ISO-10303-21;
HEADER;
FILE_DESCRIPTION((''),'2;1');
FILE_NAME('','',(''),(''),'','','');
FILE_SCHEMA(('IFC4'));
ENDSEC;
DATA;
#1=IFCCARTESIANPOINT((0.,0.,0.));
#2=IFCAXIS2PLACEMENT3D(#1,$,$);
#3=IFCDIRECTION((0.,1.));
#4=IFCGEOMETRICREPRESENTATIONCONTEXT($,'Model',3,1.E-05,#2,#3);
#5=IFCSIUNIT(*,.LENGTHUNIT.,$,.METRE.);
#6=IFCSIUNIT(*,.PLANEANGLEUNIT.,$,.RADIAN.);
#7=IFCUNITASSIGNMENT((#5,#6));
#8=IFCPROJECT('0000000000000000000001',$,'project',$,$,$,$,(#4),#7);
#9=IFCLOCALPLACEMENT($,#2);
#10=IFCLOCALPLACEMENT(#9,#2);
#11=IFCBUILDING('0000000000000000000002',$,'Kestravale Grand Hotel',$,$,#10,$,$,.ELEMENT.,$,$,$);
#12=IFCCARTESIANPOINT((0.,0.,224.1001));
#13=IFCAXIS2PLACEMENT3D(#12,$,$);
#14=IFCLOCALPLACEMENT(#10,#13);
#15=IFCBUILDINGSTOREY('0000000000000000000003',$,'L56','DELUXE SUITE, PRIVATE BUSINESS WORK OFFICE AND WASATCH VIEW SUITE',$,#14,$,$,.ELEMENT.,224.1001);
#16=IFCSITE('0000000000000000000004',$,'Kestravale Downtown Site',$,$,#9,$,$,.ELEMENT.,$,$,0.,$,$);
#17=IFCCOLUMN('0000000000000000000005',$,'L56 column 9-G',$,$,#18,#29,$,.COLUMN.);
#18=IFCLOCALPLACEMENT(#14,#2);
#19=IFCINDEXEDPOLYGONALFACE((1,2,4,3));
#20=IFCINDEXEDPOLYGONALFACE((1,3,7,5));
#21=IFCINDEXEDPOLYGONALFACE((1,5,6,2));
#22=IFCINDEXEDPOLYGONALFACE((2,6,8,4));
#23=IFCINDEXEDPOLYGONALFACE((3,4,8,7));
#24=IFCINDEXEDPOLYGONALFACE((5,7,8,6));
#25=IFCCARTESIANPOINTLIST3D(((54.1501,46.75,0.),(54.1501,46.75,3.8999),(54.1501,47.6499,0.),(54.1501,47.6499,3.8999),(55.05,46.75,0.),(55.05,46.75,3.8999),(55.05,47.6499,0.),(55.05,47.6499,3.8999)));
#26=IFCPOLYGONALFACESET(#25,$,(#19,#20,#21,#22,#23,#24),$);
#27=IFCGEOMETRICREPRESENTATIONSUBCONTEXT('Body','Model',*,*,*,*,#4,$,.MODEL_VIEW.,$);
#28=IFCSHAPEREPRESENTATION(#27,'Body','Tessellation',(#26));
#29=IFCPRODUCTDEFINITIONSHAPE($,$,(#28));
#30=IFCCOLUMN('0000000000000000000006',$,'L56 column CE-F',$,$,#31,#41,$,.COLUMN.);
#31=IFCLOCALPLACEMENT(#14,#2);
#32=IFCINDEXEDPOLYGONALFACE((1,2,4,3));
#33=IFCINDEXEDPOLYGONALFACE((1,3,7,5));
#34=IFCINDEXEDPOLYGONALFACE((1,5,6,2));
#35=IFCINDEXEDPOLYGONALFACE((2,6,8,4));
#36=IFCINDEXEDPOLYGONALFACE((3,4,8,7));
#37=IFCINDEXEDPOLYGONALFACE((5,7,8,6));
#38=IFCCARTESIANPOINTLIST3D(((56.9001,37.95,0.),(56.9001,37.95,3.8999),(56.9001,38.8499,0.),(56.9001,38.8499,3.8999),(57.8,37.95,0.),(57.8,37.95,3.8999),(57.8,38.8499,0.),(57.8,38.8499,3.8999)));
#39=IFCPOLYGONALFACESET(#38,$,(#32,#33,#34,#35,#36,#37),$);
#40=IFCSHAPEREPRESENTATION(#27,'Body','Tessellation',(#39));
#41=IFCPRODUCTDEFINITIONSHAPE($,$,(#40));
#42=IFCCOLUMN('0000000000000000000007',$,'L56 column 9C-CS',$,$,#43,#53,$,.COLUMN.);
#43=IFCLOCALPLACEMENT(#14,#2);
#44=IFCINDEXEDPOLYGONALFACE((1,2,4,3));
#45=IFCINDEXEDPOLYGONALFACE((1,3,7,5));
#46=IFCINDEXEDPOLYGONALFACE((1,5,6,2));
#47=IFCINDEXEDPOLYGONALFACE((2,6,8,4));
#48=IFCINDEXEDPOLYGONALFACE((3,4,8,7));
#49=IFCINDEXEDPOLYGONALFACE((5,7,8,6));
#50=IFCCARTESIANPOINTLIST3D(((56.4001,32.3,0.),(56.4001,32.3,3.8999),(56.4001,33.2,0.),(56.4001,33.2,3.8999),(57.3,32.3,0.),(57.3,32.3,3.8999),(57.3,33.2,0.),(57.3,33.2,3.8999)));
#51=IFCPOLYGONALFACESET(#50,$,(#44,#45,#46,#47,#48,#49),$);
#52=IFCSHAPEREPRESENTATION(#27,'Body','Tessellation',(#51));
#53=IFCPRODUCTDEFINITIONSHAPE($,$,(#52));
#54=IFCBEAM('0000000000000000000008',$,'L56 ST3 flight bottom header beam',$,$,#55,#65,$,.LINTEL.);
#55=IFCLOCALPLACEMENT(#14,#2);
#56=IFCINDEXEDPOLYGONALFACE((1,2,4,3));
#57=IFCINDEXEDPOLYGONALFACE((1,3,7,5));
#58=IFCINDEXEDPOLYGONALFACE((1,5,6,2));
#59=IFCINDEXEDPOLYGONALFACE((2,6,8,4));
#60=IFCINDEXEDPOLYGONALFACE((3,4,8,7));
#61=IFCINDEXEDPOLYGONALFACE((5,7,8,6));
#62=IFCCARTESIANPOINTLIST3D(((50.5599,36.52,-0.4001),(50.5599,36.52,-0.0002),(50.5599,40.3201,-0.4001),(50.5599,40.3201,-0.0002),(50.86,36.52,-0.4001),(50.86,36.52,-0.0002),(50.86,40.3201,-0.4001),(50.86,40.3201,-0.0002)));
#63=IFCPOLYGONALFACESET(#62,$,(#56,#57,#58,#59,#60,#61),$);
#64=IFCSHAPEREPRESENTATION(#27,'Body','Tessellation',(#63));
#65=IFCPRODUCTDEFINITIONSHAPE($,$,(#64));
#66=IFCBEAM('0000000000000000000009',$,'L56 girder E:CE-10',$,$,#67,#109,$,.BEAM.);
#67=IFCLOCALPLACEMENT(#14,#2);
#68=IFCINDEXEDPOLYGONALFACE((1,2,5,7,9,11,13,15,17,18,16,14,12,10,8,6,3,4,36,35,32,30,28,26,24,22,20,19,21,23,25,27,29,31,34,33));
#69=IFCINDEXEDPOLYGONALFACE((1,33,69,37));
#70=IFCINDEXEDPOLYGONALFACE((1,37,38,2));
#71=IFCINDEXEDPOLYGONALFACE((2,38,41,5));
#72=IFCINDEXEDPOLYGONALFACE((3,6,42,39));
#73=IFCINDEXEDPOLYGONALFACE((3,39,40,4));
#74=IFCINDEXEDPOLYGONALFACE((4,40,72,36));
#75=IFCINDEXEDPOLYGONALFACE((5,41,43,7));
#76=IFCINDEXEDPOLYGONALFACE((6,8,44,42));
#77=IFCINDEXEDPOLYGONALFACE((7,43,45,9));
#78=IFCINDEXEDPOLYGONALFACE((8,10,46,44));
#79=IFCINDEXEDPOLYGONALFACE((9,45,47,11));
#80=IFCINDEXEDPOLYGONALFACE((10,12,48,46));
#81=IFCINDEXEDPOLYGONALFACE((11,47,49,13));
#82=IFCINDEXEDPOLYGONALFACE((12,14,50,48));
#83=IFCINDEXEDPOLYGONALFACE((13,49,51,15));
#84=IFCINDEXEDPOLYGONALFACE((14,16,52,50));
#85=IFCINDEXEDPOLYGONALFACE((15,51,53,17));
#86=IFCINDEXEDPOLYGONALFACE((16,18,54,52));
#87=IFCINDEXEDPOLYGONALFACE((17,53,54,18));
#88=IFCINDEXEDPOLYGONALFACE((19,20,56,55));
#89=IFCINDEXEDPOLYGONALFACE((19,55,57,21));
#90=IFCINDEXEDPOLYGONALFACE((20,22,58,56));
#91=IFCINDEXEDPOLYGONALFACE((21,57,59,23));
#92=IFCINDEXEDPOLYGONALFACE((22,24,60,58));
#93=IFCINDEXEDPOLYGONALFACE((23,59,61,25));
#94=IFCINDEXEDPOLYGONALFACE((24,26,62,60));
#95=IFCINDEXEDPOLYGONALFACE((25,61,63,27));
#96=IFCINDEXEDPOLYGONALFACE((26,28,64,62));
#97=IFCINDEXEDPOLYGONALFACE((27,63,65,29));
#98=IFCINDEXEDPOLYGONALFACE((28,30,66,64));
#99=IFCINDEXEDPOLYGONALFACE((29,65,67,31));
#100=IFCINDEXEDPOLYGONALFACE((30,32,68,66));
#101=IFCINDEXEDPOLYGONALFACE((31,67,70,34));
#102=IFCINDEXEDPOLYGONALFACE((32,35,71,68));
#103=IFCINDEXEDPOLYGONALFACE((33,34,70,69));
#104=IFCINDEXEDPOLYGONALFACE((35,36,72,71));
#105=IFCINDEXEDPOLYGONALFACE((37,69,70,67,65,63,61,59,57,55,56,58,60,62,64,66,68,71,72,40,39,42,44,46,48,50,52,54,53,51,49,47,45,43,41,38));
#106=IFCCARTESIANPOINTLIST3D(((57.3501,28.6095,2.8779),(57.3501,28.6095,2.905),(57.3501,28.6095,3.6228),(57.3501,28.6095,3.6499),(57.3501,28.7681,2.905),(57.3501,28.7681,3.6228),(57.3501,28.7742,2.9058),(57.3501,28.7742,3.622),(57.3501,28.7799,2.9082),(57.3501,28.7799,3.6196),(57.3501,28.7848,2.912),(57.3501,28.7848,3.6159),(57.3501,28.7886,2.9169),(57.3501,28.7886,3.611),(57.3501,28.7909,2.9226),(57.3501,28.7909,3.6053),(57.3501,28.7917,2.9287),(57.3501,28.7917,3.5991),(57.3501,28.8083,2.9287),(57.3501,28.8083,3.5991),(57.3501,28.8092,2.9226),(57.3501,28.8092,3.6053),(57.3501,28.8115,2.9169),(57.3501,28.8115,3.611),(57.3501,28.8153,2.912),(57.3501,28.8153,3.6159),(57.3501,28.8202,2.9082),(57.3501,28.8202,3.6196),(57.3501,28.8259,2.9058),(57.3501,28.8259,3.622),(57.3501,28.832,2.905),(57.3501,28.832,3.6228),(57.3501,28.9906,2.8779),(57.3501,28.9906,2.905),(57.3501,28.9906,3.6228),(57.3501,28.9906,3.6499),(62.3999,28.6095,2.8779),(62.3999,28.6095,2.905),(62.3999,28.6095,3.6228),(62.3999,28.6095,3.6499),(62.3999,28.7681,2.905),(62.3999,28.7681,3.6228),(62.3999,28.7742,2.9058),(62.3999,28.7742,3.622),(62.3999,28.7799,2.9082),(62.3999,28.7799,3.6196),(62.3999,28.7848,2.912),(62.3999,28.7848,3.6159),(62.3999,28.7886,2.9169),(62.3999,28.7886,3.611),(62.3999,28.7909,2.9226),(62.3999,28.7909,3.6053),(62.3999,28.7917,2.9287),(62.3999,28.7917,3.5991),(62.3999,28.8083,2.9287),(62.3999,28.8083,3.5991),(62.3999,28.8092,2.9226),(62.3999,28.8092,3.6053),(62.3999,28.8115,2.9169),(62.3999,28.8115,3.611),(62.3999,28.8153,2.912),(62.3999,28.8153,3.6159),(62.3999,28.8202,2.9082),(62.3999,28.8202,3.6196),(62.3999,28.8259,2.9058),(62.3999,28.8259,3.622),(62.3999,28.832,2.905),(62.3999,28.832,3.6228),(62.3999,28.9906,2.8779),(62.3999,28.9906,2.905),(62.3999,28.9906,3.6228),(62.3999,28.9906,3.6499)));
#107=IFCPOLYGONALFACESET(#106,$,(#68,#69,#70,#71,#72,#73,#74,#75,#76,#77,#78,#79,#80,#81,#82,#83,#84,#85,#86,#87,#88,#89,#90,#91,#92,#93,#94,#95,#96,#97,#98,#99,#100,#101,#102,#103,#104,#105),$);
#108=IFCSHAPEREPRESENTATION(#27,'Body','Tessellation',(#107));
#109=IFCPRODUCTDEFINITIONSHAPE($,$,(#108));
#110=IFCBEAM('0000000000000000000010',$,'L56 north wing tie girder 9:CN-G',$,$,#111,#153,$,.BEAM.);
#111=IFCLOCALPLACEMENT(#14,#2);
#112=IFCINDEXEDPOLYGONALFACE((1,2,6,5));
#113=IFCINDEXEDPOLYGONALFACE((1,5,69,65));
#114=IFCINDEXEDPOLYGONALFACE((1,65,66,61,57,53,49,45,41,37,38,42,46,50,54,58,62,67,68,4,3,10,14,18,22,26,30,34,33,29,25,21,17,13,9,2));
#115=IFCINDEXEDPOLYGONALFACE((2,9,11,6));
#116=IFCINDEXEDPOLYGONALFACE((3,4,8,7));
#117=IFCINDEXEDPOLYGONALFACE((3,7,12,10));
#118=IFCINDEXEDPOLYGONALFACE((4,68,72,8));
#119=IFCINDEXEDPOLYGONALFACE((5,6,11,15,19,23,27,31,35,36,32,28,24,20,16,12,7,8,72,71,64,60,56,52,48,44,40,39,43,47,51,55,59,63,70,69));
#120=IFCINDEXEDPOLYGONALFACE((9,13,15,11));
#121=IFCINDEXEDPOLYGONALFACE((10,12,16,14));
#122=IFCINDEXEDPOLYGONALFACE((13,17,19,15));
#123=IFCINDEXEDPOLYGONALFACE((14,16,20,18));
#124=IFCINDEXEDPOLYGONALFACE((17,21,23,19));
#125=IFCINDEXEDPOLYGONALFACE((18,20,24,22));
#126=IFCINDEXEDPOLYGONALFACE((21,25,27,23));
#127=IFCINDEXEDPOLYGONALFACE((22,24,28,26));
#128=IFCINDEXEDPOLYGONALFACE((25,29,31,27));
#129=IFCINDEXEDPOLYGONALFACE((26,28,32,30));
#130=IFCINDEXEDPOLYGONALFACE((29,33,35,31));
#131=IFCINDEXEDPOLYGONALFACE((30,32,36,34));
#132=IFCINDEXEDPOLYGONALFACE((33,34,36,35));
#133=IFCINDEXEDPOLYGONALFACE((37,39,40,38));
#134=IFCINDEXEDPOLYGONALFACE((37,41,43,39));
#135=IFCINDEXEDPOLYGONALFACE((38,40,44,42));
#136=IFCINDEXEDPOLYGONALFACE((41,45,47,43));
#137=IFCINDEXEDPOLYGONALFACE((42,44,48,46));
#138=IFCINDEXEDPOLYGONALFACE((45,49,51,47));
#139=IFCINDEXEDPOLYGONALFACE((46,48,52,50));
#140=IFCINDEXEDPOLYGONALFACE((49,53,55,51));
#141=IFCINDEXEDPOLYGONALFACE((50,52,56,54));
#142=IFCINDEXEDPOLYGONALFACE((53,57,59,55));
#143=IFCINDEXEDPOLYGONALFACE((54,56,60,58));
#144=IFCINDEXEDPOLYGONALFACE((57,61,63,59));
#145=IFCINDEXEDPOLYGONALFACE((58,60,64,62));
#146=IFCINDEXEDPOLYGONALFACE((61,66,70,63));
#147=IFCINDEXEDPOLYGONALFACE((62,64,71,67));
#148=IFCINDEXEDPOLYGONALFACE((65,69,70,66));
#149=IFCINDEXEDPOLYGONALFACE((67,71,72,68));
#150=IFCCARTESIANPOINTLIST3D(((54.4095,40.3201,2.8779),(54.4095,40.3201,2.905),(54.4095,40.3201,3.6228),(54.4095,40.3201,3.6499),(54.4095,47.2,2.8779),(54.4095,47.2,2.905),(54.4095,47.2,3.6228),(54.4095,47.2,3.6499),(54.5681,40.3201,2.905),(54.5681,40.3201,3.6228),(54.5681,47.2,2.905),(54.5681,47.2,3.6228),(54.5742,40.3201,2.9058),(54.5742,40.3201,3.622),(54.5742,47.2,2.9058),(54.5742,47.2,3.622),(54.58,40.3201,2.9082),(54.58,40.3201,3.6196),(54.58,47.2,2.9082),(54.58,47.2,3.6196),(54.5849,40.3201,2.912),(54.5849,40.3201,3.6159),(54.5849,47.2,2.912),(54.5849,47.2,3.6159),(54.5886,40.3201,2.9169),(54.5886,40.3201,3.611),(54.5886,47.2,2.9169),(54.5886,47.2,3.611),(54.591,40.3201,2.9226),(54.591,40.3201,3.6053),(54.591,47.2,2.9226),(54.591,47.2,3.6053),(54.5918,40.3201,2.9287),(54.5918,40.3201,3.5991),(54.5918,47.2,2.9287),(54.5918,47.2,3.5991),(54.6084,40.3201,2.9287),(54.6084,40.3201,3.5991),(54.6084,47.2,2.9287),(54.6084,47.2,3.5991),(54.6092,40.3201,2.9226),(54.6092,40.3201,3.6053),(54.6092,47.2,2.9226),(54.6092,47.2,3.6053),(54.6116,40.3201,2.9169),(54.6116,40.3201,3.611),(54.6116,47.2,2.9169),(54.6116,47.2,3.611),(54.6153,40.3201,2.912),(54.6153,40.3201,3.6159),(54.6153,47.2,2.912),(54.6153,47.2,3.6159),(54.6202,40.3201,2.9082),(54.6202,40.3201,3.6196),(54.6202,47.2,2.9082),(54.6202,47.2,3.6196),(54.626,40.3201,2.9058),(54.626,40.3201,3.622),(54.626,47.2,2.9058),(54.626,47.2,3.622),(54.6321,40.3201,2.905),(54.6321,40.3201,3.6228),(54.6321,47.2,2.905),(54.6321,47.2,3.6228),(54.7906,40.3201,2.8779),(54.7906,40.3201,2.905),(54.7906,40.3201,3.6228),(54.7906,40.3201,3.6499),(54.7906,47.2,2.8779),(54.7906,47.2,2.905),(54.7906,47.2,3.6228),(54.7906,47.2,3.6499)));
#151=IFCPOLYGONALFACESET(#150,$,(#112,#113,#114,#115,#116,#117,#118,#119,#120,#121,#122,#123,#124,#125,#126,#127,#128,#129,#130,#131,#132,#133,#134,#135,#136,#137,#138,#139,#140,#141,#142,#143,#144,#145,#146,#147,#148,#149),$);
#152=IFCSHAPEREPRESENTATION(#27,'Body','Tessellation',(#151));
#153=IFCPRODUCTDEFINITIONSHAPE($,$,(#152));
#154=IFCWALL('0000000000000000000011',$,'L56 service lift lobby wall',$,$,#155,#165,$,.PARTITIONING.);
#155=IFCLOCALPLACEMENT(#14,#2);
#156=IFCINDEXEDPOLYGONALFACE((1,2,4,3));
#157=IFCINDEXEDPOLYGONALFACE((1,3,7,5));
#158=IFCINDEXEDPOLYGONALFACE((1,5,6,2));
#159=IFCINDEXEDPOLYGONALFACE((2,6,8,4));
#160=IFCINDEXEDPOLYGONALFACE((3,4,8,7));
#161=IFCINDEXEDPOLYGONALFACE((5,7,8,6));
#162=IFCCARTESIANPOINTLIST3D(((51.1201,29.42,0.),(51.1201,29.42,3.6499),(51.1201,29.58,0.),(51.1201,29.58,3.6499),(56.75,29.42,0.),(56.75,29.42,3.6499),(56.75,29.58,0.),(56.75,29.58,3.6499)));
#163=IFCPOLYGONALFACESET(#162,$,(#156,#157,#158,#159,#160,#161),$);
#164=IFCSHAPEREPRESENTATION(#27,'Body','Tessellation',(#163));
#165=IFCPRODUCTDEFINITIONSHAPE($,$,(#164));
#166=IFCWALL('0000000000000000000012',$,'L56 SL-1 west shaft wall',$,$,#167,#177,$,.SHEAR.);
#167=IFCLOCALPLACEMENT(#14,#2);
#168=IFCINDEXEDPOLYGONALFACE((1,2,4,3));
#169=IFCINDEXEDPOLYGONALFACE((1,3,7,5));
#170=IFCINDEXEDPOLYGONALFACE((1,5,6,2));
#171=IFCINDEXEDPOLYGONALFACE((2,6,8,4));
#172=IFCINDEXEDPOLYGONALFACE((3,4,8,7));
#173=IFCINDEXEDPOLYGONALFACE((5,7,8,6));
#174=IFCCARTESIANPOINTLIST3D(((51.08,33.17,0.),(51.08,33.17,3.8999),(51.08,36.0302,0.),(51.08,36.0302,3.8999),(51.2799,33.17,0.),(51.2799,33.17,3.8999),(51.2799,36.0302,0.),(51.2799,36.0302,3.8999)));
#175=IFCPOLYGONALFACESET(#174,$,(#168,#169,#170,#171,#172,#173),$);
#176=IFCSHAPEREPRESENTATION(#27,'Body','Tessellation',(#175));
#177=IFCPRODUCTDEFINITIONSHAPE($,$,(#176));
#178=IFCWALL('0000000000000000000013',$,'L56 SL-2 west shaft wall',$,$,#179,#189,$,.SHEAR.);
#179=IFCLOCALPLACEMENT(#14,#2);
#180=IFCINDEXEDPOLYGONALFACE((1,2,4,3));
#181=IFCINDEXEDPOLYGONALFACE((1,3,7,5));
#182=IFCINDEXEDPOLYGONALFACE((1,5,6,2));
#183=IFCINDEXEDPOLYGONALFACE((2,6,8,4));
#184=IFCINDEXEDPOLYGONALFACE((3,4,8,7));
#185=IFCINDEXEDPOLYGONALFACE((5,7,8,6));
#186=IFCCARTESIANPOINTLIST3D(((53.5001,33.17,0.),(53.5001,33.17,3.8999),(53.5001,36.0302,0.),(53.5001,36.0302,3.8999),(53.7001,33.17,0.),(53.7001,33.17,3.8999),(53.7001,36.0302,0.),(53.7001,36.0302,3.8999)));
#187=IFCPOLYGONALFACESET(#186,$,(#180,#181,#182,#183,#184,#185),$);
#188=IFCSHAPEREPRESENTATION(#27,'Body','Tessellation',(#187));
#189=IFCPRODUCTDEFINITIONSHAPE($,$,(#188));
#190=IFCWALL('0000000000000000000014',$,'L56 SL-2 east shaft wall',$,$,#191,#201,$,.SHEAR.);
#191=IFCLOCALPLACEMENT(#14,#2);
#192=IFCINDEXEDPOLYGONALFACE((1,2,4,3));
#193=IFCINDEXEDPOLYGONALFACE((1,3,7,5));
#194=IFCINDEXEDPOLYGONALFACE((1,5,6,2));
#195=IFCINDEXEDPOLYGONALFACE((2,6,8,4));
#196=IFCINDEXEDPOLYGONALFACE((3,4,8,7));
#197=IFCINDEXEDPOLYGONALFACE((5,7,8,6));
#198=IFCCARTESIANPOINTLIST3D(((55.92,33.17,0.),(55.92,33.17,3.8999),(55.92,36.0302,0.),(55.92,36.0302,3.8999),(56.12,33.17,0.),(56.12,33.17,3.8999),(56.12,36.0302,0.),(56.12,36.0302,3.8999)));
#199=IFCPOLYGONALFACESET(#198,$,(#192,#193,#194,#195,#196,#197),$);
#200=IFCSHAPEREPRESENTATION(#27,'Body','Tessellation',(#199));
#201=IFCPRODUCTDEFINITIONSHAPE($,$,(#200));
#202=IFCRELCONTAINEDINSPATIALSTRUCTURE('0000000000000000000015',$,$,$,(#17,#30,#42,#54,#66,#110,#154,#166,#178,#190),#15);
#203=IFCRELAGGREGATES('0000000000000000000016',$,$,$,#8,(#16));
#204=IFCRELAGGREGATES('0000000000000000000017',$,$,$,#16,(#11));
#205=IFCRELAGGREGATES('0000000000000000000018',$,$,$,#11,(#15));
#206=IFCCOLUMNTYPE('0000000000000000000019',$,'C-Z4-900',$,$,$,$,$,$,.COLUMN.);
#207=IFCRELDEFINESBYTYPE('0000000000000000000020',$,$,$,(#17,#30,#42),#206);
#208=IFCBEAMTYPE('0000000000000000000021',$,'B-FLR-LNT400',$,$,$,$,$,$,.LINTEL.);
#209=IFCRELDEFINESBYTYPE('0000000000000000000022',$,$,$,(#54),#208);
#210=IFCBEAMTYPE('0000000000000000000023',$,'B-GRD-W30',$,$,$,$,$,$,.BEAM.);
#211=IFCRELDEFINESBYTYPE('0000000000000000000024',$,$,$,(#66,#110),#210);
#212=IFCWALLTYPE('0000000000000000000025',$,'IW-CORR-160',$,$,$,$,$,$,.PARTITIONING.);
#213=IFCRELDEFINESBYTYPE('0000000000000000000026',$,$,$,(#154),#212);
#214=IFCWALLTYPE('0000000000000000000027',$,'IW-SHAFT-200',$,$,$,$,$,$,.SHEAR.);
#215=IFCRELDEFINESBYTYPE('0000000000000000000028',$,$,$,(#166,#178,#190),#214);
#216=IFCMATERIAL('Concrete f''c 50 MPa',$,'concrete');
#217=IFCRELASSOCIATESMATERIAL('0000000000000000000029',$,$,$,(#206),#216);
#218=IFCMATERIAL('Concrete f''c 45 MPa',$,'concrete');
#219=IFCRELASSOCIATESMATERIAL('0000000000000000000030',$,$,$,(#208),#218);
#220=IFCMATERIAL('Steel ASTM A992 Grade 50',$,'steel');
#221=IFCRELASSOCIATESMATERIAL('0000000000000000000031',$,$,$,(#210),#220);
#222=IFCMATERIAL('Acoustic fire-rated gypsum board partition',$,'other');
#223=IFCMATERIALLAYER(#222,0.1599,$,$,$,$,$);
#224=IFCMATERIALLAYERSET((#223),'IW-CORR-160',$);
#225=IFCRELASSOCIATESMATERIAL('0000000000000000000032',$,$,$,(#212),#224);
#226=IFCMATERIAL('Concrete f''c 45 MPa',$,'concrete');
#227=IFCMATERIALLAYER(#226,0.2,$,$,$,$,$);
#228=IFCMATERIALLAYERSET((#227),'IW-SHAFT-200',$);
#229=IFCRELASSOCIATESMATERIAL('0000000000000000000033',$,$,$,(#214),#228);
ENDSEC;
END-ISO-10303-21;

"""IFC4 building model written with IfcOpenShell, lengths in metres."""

from ifc_helpers import new_model, si_unit, direction, frame, frame_2d, origin, origin_2d, place, context, subcontext, project, spatial, rectangle, i_section, extrude, material, layer, layer_set, material_profile, profile_set, type_object, element, save


model = new_model("IFC4")

# Units and contexts
model_context = context("Model", 3, precision=1e-05, world=origin(), true_north=direction((0.0, 1.0)))
body_context = subcontext(model_context, "Body", "Model", "MODEL_VIEW")
ifc_project = project(units=[si_unit("LENGTHUNIT", "METRE"), si_unit("PLANEANGLEUNIT", "RADIAN")], contexts=[model_context])

# Site, building, storey
site_placement = place(None, origin())
site = spatial("IfcSite", under=ifc_project, at=site_placement, Name="Kestravale Downtown Site", CompositionType="ELEMENT", RefElevation=0.0)
building_placement = place(site_placement, origin())
building = spatial("IfcBuilding", under=site, at=building_placement, Name="Kestravale Grand Hotel", CompositionType="ELEMENT")
storey_placement = place(building_placement, frame((0.0, 0.0, 224.1001)))
storey = spatial("IfcBuildingStorey", under=building, at=storey_placement, Name="L56", Description="DELUXE SUITE, PRIVATE BUSINESS WORK OFFICE AND WASATCH VIEW SUITE", CompositionType="ELEMENT", Elevation=224.1001)

# Columns
ifc_material_1 = material(Name="Concrete f'c 50 MPa", Category="concrete")
ifc_material_profile_1 = material_profile(ifc_material_1, rectangle(XDim=0.8999, YDim=0.8999, at=origin_2d()))
ifc_profile_set_1 = profile_set([ifc_material_profile_1], Name="Concrete f'c 50 MPa")
column_type = type_object("IfcColumnType", Name="C-Z4-900", PredefinedType="COLUMN", material=ifc_profile_set_1)
for number, where, z_axis, x_axis, name in (
    (1, (54.6001, 47.2, 0.0), (0.0, 0.0, 1.0), (1.0, 0.0, 0.0), "L56 column 9-G"),
    (2, (57.3501, 38.3999, 0.0), (0.0, 0.0, 1.0), (1.0, 0.0, 0.0), "L56 column CE-F"),
    (3, (56.8501, 32.75, 0.0), (0.0, 0.0, 1.0), (1.0, 0.0, 0.0), "L56 column 9C-CS"),
):
    element("IfcColumn", number, at=place(storey_placement, frame(where, z_axis=z_axis, x_axis=x_axis)), inside=storey, type_object=column_type, Name=name, PredefinedType="COLUMN", context=body_context, shape_type="SweptSolid", body=[
        extrude(rectangle(XDim=0.8999, YDim=0.8999, at=origin_2d()), origin(), (0.0, 0.0, 1.0), 3.8999),
    ])

# Beams
ifc_material_2 = material(Name="Concrete f'c 45 MPa", Category="concrete")
ifc_material_profile_2 = material_profile(ifc_material_2, rectangle(XDim=0.3, YDim=0.3999, at=origin_2d()))
ifc_profile_set_2 = profile_set([ifc_material_profile_2], Name="Concrete f'c 45 MPa")
beam_type_1 = type_object("IfcBeamType", Name="B-FLR-LNT400", PredefinedType="LINTEL", material=ifc_profile_set_2)
beam_1_placement = place(storey_placement, frame((50.71, 36.52, -0.2002), z_axis=(0.0, 1.0, 0.0), x_axis=(-1.0, 0.0, 0.0)))
element("IfcBeam", 4, at=beam_1_placement, inside=storey, type_object=beam_type_1, Name="L56 ST3 flight bottom header beam", PredefinedType="LINTEL", context=body_context, shape_type="SweptSolid", body=[
    extrude(rectangle(XDim=0.3, YDim=0.3999, at=origin_2d()), origin(), (0.0, 0.0, 1.0), 3.8),
])
ifc_material_3 = material(Name="Steel ASTM A992 Grade 50", Category="steel")
ifc_material_profile_3 = material_profile(ifc_material_3, i_section(OverallWidth=0.3811, OverallDepth=0.772, WebThickness=0.0166, FlangeThickness=0.0271, FilletRadius=0.0237, at=origin_2d()))
ifc_profile_set_3 = profile_set([ifc_material_profile_3], Name="Steel ASTM A992 Grade 50")
beam_type_2 = type_object("IfcBeamType", Name="B-GRD-W30", PredefinedType="BEAM", material=ifc_profile_set_3)
beam_2_placement = place(storey_placement, frame((57.3501, 28.8, 3.2639), z_axis=(1.0, 0.0, 0.0), x_axis=(0.0, 1.0, 0.0)))
element("IfcBeam", 5, at=beam_2_placement, inside=storey, type_object=beam_type_2, Name="L56 girder E:CE-10", PredefinedType="BEAM", context=body_context, shape_type="SweptSolid", body=[
    extrude(i_section(OverallWidth=0.3811, OverallDepth=0.772, WebThickness=0.0166, FlangeThickness=0.0271, FilletRadius=0.0237, at=origin_2d()), origin(), (0.0, 0.0, 1.0), 5.0498),
])
beam_3_placement = place(storey_placement, frame((54.6001, 40.3201, 3.2639), z_axis=(0.0, 1.0, 0.0), x_axis=(-1.0, 0.0, 0.0)))
element("IfcBeam", 6, at=beam_3_placement, inside=storey, type_object=beam_type_2, Name="L56 north wing tie girder 9:CN-G", PredefinedType="BEAM", context=body_context, shape_type="SweptSolid", body=[
    extrude(i_section(OverallWidth=0.3811, OverallDepth=0.772, WebThickness=0.0166, FlangeThickness=0.0271, FilletRadius=0.0237, at=origin_2d()), origin(), (0.0, 0.0, 1.0), 6.8799),
])

# Shared definitions
ifc_material_4 = material(Name="Acoustic fire-rated gypsum board partition", Category="other")
ifc_layer_1 = layer(ifc_material_4, 0.1599)
ifc_layer_set_1 = layer_set([ifc_layer_1], Name="IW-CORR-160")
wall_type_1 = type_object("IfcWallType", Name="IW-CORR-160", PredefinedType="PARTITIONING", material=ifc_layer_set_1)

# Walls
wall_1_placement = place(storey_placement, frame((51.1201, 29.5, 0.0), z_axis=(0.0, 0.0, 1.0), x_axis=(1.0, 0.0, 0.0)))
element("IfcWall", 7, at=wall_1_placement, inside=storey, type_object=wall_type_1, Name="L56 service lift lobby wall", PredefinedType="PARTITIONING", context=body_context, shape_type="SweptSolid", body=[
    extrude(rectangle(XDim=5.6299, YDim=0.1599, at=frame_2d((2.8149, 0.0))), origin(), (0.0, 0.0, 1.0), 3.6499),
])
ifc_material_5 = material(Name="Concrete f'c 45 MPa", Category="concrete")
ifc_layer_2 = layer(ifc_material_5, 0.2)
ifc_layer_set_2 = layer_set([ifc_layer_2], Name="IW-SHAFT-200")
wall_type_2 = type_object("IfcWallType", Name="IW-SHAFT-200", PredefinedType="SHEAR", material=ifc_layer_set_2)
for number, where, z_axis, x_axis, name in (
    (8, (51.1799, 33.1699, 0.0), (0.0, 0.0, 1.0), (0.0, 1.0, 0.0), "L56 SL-1 west shaft wall"),
    (9, (53.6001, 33.1699, 0.0), (0.0, 0.0, 1.0), (0.0, 1.0, 0.0), "L56 SL-2 west shaft wall"),
    (10, (56.02, 33.1699, 0.0), (0.0, 0.0, 1.0), (0.0, 1.0, 0.0), "L56 SL-2 east shaft wall"),
):
    element("IfcWall", number, at=place(storey_placement, frame(where, z_axis=z_axis, x_axis=x_axis)), inside=storey, type_object=wall_type_2, Name=name, PredefinedType="SHEAR", context=body_context, shape_type="SweptSolid", body=[
        extrude(rectangle(XDim=2.8601, YDim=0.2, at=frame_2d((1.4302, 0.0))), origin(), (0.0, 0.0, 1.0), 3.8999),
    ])

save(model, "model.ifc")
